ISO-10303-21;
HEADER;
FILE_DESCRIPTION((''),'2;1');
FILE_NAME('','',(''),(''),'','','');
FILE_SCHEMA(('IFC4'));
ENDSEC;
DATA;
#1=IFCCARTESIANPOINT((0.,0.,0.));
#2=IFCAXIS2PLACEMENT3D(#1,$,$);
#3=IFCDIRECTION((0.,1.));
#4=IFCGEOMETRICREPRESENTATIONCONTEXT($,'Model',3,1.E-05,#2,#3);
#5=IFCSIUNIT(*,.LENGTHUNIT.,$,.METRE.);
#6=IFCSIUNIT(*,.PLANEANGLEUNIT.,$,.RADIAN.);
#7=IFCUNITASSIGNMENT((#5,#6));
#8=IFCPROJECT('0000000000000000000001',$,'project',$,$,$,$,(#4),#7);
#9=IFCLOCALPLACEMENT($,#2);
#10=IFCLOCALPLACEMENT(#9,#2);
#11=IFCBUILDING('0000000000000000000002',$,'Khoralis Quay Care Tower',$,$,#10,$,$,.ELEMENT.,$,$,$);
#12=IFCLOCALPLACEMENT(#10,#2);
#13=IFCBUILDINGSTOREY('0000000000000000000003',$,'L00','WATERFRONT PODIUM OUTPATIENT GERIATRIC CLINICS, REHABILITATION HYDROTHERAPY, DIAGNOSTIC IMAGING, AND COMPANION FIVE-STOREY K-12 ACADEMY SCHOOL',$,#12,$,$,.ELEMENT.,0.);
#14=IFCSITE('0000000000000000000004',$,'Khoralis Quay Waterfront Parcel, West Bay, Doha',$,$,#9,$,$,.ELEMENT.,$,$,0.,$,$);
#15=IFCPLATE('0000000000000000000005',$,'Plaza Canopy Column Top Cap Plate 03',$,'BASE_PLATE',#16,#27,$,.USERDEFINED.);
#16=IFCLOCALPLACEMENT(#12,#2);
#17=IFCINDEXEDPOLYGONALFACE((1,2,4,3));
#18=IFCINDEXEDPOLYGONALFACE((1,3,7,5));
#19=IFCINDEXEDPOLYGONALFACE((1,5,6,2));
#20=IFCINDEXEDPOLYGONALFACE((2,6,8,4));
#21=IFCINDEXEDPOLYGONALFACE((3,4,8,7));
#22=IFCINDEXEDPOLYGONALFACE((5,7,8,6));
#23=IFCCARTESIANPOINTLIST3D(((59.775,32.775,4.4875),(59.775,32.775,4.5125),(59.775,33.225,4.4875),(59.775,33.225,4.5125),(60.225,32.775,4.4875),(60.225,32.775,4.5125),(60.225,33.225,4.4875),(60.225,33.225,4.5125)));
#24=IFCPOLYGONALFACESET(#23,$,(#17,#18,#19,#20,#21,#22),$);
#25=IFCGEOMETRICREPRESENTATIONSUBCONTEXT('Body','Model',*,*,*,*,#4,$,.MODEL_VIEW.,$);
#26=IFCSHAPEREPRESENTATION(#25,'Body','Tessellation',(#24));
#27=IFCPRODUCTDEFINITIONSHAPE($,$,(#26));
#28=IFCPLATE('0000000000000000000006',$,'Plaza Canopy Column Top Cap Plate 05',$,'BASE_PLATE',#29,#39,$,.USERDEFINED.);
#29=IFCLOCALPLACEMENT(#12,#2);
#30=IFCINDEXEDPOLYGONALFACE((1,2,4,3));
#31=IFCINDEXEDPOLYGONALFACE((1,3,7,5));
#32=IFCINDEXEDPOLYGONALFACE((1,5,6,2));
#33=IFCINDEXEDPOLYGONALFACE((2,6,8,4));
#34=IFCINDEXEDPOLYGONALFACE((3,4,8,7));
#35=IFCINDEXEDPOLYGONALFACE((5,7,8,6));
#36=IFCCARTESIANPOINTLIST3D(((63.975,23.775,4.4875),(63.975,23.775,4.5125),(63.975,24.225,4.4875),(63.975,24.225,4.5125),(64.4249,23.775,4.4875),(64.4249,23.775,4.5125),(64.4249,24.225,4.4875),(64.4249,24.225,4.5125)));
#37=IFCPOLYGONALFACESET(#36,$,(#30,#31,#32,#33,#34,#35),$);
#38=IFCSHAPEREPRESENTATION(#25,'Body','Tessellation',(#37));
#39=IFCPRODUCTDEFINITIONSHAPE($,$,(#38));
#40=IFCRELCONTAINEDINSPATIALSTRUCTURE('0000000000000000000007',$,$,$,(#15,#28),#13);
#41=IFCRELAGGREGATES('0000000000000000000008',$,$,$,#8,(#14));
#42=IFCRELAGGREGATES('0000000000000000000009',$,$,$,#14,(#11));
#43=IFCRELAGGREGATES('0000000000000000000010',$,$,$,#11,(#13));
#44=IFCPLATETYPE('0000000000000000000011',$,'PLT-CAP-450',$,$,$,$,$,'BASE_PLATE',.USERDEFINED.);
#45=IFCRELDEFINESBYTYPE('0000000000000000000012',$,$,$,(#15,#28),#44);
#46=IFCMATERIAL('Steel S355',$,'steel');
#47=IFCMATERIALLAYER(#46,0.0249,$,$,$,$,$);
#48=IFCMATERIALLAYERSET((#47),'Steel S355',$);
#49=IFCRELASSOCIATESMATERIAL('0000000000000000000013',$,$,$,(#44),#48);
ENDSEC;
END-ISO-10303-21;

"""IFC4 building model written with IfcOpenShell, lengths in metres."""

from ifc_helpers import new_model, si_unit, direction, frame, origin, origin_2d, place, context, subcontext, project, spatial, rectangle, extrude, source, transform, mapped, material, layer, layer_set, type_object, element, save


model = new_model("IFC4")

# Units and contexts
model_context = context("Model", 3, precision=1e-05, world=origin(), true_north=direction((0.0, 1.0)))
body_context = subcontext(model_context, "Body", "Model", "MODEL_VIEW")
ifc_project = project(units=[si_unit("LENGTHUNIT", "METRE"), si_unit("PLANEANGLEUNIT", "RADIAN")], contexts=[model_context])

# Site, building, storey
site_placement = place(None, origin())
site = spatial("IfcSite", under=ifc_project, at=site_placement, Name="Khoralis Quay Waterfront Parcel, West Bay, Doha", CompositionType="ELEMENT", RefElevation=0.0)
building_placement = place(site_placement, origin())
building = spatial("IfcBuilding", under=site, at=building_placement, Name="Khoralis Quay Care Tower", CompositionType="ELEMENT")
storey_placement = place(building_placement, origin())
storey = spatial("IfcBuildingStorey", under=building, at=storey_placement, Name="L00", Description="WATERFRONT PODIUM OUTPATIENT GERIATRIC CLINICS, REHABILITATION HYDROTHERAPY, DIAGNOSTIC IMAGING, AND COMPANION FIVE-STOREY K-12 ACADEMY SCHOOL", CompositionType="ELEMENT", Elevation=0.0)

# Shared definitions
ifc_material_1 = material(Name="Steel S355", Category="steel")

# Plates
ifc_layer = layer(ifc_material_1, 0.0249)
ifc_layer_set = layer_set([ifc_layer], Name="Steel S355")
plate_type = type_object("IfcPlateType", Name="PLT-CAP-450", ElementType="BASE_PLATE", PredefinedType="USERDEFINED", material=ifc_layer_set)
shared_shape_1 = source(origin(), body_context, "Body", "SweptSolid", [
    extrude(rectangle(XDim=0.45, YDim=0.45, at=origin_2d()), origin(), (0.0, 0.0, 1.0), 0.0249),
])
for number, where, z_axis, x_axis, name in (
    (1, (60.0, 33.0, 4.4875), (0.0, 0.0, 1.0), (1.0, 0.0, 0.0), "Plaza Canopy Column Top Cap Plate 03"),
    (2, (64.2, 24.0, 4.4875), (0.0, 0.0, 1.0), (1.0, 0.0, 0.0), "Plaza Canopy Column Top Cap Plate 05"),
):
    element("IfcPlate", number, at=place(storey_placement, frame(where, z_axis=z_axis, x_axis=x_axis)), inside=storey, type_object=plate_type, Name=name, ObjectType="BASE_PLATE", PredefinedType="USERDEFINED", context=body_context, shape_type="MappedRepresentation", body=[
        mapped(shared_shape_1, transform((0.0, 0.0, 0.0), scale=1.0)),
    ])

save(model, "model.ifc")
